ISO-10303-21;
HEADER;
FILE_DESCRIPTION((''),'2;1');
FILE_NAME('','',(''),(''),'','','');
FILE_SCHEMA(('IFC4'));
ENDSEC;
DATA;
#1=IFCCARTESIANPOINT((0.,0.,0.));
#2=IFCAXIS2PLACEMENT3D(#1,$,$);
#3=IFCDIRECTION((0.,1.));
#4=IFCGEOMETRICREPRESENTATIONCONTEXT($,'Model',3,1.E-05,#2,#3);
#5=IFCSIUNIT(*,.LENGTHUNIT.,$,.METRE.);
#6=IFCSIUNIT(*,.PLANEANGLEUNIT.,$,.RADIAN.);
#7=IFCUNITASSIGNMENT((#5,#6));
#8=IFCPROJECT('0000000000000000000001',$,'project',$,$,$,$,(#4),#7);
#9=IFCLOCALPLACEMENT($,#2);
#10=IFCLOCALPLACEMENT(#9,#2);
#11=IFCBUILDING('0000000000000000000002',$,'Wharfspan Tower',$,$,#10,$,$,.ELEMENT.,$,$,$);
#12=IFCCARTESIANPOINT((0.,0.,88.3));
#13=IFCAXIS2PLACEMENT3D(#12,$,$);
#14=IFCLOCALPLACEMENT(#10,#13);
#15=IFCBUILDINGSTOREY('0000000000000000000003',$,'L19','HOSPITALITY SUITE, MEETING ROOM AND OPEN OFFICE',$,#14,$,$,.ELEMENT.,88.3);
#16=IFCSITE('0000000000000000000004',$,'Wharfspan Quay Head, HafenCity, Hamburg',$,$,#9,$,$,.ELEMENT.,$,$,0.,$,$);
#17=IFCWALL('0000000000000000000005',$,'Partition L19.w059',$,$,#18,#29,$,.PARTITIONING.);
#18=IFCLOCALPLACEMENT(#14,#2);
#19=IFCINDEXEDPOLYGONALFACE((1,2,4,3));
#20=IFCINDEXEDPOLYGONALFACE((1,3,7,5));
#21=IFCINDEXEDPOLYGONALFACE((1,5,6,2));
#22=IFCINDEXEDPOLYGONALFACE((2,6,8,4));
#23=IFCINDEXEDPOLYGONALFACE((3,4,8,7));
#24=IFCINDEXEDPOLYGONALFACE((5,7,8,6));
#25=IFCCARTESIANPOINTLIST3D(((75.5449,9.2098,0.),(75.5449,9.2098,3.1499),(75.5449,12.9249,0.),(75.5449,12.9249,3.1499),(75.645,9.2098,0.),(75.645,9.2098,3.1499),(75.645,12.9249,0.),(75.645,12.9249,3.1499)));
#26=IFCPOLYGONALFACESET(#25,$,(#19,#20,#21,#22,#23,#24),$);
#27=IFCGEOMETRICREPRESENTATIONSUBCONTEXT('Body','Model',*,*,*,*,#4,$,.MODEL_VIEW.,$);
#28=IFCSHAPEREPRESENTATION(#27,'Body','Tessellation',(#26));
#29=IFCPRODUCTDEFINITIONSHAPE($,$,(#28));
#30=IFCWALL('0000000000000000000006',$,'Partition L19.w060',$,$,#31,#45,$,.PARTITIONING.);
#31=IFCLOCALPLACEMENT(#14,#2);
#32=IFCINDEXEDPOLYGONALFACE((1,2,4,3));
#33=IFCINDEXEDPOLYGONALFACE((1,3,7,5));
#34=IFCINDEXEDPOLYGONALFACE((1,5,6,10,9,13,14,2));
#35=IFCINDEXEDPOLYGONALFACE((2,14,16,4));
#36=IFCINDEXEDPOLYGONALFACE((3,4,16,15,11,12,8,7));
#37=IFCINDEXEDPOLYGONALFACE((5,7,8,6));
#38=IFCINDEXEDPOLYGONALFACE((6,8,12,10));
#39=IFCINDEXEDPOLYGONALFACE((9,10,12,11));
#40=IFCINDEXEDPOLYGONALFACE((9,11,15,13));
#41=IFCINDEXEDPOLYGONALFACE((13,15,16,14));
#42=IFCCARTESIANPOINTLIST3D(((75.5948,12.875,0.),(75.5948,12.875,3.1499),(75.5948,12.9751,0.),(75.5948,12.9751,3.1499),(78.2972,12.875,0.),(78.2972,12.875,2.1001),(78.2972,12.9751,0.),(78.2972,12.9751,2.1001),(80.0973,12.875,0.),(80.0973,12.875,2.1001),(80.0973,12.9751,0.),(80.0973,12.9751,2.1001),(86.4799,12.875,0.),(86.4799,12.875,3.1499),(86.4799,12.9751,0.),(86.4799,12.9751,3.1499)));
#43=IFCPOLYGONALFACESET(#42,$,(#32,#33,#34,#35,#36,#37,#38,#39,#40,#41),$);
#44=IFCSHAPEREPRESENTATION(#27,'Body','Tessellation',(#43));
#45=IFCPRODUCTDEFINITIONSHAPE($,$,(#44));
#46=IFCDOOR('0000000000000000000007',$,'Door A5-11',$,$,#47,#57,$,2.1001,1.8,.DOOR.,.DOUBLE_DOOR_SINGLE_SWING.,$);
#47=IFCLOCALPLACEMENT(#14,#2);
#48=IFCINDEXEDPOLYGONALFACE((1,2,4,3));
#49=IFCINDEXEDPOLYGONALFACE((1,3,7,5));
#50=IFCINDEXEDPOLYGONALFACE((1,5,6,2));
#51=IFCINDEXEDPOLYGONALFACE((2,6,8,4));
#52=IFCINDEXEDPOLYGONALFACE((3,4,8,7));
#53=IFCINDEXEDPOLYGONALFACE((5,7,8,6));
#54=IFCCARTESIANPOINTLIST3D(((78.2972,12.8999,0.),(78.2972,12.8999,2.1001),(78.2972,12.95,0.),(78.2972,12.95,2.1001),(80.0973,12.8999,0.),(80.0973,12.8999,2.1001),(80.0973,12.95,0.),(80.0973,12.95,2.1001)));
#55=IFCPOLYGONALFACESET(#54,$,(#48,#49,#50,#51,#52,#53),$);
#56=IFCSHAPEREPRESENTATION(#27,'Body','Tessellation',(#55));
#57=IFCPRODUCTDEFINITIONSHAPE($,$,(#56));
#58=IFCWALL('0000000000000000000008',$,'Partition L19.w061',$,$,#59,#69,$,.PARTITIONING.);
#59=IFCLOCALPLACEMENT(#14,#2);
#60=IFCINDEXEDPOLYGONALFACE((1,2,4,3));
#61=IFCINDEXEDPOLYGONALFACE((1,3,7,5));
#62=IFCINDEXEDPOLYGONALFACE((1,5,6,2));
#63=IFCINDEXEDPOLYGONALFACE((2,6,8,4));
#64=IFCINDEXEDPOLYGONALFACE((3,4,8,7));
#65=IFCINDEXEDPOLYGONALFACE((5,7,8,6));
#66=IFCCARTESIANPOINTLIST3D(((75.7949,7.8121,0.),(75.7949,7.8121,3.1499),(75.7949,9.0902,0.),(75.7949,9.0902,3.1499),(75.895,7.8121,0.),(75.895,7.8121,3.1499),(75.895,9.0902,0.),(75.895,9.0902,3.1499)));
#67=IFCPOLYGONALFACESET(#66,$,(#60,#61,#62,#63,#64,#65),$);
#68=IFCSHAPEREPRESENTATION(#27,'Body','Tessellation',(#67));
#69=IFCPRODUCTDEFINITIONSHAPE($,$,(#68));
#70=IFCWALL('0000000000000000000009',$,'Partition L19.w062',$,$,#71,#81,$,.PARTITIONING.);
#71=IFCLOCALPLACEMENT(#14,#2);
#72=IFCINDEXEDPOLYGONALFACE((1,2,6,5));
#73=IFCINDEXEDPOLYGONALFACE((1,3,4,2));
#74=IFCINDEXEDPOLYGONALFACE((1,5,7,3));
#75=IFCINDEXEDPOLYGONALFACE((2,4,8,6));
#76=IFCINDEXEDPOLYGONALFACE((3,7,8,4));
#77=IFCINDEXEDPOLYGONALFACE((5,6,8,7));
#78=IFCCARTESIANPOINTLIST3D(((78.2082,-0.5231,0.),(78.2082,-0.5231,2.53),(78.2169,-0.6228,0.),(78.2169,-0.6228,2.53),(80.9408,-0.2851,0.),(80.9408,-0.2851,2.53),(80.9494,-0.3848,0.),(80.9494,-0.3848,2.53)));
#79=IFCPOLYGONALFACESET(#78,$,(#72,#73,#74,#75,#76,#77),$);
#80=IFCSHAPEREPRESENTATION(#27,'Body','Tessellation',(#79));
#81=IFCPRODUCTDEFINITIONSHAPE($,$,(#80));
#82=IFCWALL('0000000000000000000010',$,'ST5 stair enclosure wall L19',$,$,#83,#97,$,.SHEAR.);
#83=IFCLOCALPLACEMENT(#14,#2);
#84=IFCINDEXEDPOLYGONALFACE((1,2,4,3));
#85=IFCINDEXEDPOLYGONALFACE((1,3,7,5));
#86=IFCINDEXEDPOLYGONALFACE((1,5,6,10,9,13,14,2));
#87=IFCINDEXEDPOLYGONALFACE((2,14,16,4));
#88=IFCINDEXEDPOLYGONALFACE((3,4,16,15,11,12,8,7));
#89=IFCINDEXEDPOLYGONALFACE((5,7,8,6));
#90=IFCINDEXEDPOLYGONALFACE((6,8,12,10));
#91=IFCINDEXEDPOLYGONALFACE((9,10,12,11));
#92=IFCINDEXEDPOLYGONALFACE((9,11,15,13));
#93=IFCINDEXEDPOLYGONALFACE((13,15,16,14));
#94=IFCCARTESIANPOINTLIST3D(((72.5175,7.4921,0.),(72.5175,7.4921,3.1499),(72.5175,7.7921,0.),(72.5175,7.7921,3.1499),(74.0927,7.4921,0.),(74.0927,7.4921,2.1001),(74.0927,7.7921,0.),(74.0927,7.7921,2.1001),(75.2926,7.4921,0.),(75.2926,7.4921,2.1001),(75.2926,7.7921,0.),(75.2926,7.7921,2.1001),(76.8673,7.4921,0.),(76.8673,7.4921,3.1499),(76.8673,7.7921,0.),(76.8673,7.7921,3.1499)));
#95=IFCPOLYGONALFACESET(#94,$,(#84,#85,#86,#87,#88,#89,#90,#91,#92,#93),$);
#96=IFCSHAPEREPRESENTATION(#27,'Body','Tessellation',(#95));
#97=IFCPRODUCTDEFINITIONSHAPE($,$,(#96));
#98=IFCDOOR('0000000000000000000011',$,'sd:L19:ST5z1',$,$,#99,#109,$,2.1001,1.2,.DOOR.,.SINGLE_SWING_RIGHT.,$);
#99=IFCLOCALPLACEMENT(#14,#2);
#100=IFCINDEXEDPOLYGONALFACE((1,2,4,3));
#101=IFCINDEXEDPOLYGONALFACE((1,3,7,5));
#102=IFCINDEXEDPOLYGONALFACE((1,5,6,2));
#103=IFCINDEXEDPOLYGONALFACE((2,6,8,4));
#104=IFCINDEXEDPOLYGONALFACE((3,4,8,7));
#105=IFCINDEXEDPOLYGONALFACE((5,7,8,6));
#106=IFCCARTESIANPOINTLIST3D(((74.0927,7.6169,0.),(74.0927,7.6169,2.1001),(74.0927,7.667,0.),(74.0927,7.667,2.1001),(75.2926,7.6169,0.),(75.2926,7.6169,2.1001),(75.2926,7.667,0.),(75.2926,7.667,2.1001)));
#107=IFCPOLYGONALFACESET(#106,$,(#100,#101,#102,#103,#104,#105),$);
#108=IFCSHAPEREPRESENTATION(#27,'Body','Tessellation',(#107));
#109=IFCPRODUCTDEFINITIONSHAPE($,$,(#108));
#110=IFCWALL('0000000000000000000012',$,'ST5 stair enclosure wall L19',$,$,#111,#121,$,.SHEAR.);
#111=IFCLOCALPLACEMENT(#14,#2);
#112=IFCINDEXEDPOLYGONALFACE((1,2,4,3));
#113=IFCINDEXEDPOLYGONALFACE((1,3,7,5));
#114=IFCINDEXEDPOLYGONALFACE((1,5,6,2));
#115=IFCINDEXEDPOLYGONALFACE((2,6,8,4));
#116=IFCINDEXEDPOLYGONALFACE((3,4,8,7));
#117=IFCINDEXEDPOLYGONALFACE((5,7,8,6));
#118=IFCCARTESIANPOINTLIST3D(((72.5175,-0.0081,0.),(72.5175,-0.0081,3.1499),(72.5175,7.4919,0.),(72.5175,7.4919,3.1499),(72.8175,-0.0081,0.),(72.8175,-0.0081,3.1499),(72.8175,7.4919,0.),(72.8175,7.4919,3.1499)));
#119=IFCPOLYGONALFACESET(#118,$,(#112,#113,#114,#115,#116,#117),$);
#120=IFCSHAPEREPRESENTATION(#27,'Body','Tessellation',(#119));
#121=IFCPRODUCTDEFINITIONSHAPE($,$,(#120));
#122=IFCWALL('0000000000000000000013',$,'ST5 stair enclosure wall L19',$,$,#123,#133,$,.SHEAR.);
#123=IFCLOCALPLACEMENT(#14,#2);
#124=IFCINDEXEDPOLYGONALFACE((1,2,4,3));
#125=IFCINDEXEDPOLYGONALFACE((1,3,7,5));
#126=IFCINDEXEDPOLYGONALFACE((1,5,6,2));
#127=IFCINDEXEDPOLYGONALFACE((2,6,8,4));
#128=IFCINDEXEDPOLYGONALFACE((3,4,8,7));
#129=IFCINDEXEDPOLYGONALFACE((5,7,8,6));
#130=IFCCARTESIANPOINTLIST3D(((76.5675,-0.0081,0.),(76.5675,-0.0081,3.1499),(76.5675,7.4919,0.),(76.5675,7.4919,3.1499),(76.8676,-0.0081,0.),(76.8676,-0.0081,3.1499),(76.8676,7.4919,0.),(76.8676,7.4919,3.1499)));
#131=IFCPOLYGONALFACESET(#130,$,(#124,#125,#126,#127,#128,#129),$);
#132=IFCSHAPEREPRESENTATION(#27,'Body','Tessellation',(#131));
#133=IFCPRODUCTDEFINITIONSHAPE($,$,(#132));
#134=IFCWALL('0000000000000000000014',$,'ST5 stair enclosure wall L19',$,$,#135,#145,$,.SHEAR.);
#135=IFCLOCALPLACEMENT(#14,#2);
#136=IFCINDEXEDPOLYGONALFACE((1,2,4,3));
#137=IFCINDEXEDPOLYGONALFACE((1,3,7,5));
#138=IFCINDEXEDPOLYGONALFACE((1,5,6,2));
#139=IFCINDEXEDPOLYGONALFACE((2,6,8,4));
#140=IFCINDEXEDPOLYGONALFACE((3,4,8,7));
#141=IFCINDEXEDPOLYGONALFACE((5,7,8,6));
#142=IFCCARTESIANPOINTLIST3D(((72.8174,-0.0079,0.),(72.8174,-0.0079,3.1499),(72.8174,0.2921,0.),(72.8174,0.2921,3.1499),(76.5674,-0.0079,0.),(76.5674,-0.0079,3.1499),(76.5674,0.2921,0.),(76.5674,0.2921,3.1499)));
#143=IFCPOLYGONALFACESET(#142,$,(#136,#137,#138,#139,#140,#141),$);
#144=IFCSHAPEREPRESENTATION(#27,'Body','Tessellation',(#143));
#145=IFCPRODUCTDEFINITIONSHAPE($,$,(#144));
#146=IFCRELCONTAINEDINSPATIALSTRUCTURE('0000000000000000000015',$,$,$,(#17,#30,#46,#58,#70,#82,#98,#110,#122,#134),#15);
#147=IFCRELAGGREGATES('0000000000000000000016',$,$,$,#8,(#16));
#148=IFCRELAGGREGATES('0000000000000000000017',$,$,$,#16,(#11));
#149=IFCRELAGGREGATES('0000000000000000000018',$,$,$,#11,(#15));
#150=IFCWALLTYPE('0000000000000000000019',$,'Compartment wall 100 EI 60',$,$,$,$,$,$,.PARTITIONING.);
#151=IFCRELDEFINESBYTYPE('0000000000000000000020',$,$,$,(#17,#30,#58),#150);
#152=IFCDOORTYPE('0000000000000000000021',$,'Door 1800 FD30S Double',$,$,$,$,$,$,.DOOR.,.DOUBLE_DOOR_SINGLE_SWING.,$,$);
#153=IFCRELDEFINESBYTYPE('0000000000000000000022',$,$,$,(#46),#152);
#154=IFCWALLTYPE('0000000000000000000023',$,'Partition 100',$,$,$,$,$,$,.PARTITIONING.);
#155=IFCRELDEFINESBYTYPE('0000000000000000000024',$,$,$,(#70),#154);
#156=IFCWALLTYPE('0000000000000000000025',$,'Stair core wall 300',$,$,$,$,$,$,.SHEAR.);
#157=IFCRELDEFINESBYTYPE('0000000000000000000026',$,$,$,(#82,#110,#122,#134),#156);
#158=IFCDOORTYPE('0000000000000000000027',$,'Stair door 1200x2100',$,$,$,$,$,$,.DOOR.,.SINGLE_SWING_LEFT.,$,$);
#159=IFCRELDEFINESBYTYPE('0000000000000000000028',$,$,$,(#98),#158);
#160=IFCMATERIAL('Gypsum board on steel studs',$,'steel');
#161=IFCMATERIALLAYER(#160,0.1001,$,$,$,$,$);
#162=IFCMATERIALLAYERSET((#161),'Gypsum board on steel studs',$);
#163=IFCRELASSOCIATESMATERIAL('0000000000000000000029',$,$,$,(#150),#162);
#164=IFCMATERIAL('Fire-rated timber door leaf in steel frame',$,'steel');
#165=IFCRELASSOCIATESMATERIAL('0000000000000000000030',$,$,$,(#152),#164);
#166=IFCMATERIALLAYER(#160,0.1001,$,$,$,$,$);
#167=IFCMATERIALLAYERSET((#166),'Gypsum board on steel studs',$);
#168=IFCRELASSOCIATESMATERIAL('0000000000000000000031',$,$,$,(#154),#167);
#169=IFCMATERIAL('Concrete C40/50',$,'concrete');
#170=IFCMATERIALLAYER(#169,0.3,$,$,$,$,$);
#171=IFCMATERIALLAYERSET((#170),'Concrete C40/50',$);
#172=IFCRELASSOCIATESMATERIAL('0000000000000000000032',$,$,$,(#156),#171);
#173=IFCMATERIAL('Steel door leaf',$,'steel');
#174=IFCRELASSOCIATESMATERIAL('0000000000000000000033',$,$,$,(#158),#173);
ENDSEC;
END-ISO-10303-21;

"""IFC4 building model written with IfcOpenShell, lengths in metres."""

from ifc_helpers import new_model, si_unit, direction, frame, frame_2d, origin, place, context, subcontext, project, spatial, rectangle, extrude, material, layer, layer_set, type_object, element, fill, save


model = new_model("IFC4")

# Units and contexts
model_context = context("Model", 3, precision=1e-05, world=origin(), true_north=direction((0.0, 1.0)))
body_context = subcontext(model_context, "Body", "Model", "MODEL_VIEW")
ifc_project = project(units=[si_unit("LENGTHUNIT", "METRE"), si_unit("PLANEANGLEUNIT", "RADIAN")], contexts=[model_context])

# Site, building, storey
site_placement = place(None, origin())
site = spatial("IfcSite", under=ifc_project, at=site_placement, Name="Wharfspan Quay Head, HafenCity, Hamburg", CompositionType="ELEMENT", RefElevation=0.0)
building_placement = place(site_placement, origin())
building = spatial("IfcBuilding", under=site, at=building_placement, Name="Wharfspan Tower", CompositionType="ELEMENT")
storey_placement = place(building_placement, frame((0.0, 0.0, 88.3)))
storey = spatial("IfcBuildingStorey", under=building, at=storey_placement, Name="L19", Description="HOSPITALITY SUITE, MEETING ROOM AND OPEN OFFICE", CompositionType="ELEMENT", Elevation=88.3)

# Wall
ifc_material_1 = material(Name="Gypsum board on steel studs", Category="steel")
ifc_layer_1 = layer(ifc_material_1, 0.1001)
ifc_layer_set_1 = layer_set([ifc_layer_1], Name="Gypsum board on steel studs")
wall_type_1 = type_object("IfcWallType", Name="Compartment wall 100 EI 60", PredefinedType="PARTITIONING", material=ifc_layer_set_1)
wall_1_placement = place(storey_placement, frame((75.595, 9.21, 0.0), z_axis=(0.0, 0.0, 1.0), x_axis=(0.0, 1.0, 0.0)))
element("IfcWall", 1, at=wall_1_placement, inside=storey, type_object=wall_type_1, Name="Partition L19.w059", PredefinedType="PARTITIONING", context=body_context, shape_type="SweptSolid", body=[
    extrude(rectangle(XDim=3.7151, YDim=0.1001, at=frame_2d((1.8574, 0.0))), origin(), (0.0, 0.0, 1.0), 3.1499),
])

# Wall, opening, door
wall_2_placement = place(storey_placement, frame((75.595, 12.925, 0.0), z_axis=(0.0, 0.0, 1.0), x_axis=(1.0, 0.0, 0.0)))
wall_2 = element("IfcWall", 2, at=wall_2_placement, inside=storey, type_object=wall_type_1, Name="Partition L19.w060", PredefinedType="PARTITIONING", context=body_context, shape_type="SweptSolid", body=[
    extrude(rectangle(XDim=10.885, YDim=0.1001, at=frame_2d((5.4424, 0.0))), origin(), (0.0, 0.0, 1.0), 3.1499),
])
opening_1_placement = place(wall_2_placement, frame((2.7024, 0.0, 0.0)))
opening_1 = element("IfcOpeningElement", 3, at=opening_1_placement, cuts=wall_2, PredefinedType="OPENING", context=body_context, shape_type="SweptSolid", body=[
    extrude(rectangle(XDim=1.8, YDim=2.1001, at=frame_2d((0.8999, 1.05))), frame((0.0, 0.0601, 0.0), z_axis=(0.0, -1.0, 0.0), x_axis=(1.0, 0.0, 0.0)), (0.0, 0.0, 1.0), 0.1201),
])
ifc_material_2 = material(Name="Fire-rated timber door leaf in steel frame", Category="steel")
door_type_1 = type_object("IfcDoorType", Name="Door 1800 FD30S Double", OperationType="DOUBLE_DOOR_SINGLE_SWING", PredefinedType="DOOR", material=ifc_material_2)
door_1_placement = place(opening_1_placement, origin())
door_1 = element("IfcDoor", 4, at=door_1_placement, inside=storey, type_object=door_type_1, Name="Door A5-11", OperationType="DOUBLE_DOOR_SINGLE_SWING", OverallHeight=2.1001, OverallWidth=1.8, PredefinedType="DOOR", context=body_context, shape_type="SweptSolid", body=[
    extrude(rectangle(XDim=1.8, YDim=2.1001, at=frame_2d((0.8999, 1.05))), frame((0.0, 0.0249, 0.0), z_axis=(0.0, -1.0, 0.0), x_axis=(1.0, 0.0, 0.0)), (0.0, 0.0, 1.0), 0.05),
])
fill(opening_1, door_1)

# Walls
wall_3_placement = place(storey_placement, frame((75.845, 7.812, 0.0), z_axis=(0.0, 0.0, 1.0), x_axis=(0.0, 1.0, 0.0)))
element("IfcWall", 5, at=wall_3_placement, inside=storey, type_object=wall_type_1, Name="Partition L19.w061", PredefinedType="PARTITIONING", context=body_context, shape_type="SweptSolid", body=[
    extrude(rectangle(XDim=1.2781, YDim=0.1001, at=frame_2d((0.6392, 0.0))), origin(), (0.0, 0.0, 1.0), 3.1499),
])
ifc_layer_2 = layer(ifc_material_1, 0.1001)
ifc_layer_set_2 = layer_set([ifc_layer_2], Name="Gypsum board on steel studs")
wall_type_2 = type_object("IfcWallType", Name="Partition 100", PredefinedType="PARTITIONING", material=ifc_layer_set_2)
wall_4_placement = place(storey_placement, frame((78.2124, -0.573, 0.0), z_axis=(0.0, 0.0, 1.0), x_axis=(0.996224, 0.086779, 0.0)))
element("IfcWall", 6, at=wall_4_placement, inside=storey, type_object=wall_type_2, Name="Partition L19.w062", PredefinedType="PARTITIONING", context=body_context, shape_type="SweptSolid", body=[
    extrude(rectangle(XDim=2.7429, YDim=0.1001, at=frame_2d((1.3716, 0.0))), origin(), (0.0, 0.0, 1.0), 2.53),
])

# Wall, opening, door
ifc_material_3 = material(Name="Concrete C40/50", Category="concrete")
ifc_layer_3 = layer(ifc_material_3, 0.3)
ifc_layer_set_3 = layer_set([ifc_layer_3], Name="Concrete C40/50")
wall_type_3 = type_object("IfcWallType", Name="Stair core wall 300", PredefinedType="SHEAR", material=ifc_layer_set_3)
wall_5_placement = place(storey_placement, frame((72.5176, 7.6421, 0.0), z_axis=(0.0, 0.0, 1.0), x_axis=(1.0, 0.0, 0.0)))
wall_5 = element("IfcWall", 7, at=wall_5_placement, inside=storey, type_object=wall_type_3, Name="ST5 stair enclosure wall L19", PredefinedType="SHEAR", context=body_context, shape_type="SweptSolid", body=[
    extrude(rectangle(XDim=4.3499, YDim=0.3, at=frame_2d((2.1748, 0.0))), origin(), (0.0, 0.0, 1.0), 3.1499),
])
opening_2_placement = place(wall_5_placement, frame((1.575, 0.0, 0.0)))
opening_2 = element("IfcOpeningElement", 8, at=opening_2_placement, cuts=wall_5, PredefinedType="OPENING", context=body_context, shape_type="SweptSolid", body=[
    extrude(rectangle(XDim=1.2, YDim=2.1001, at=frame_2d((0.6001, 1.05))), frame((0.0, 0.1599, 0.0), z_axis=(0.0, -1.0, 0.0), x_axis=(1.0, 0.0, 0.0)), (0.0, 0.0, 1.0), 0.3201),
])
ifc_material_4 = material(Name="Steel door leaf", Category="steel")
door_type_2 = type_object("IfcDoorType", Name="Stair door 1200x2100", OperationType="SINGLE_SWING_LEFT", PredefinedType="DOOR", material=ifc_material_4)
door_2_placement = place(opening_2_placement, origin())
door_2 = element("IfcDoor", 9, at=door_2_placement, inside=storey, type_object=door_type_2, Name="sd:L19:ST5z1", OperationType="SINGLE_SWING_RIGHT", OverallHeight=2.1001, OverallWidth=1.2, PredefinedType="DOOR", context=body_context, shape_type="SweptSolid", body=[
    extrude(rectangle(XDim=1.2, YDim=2.1001, at=frame_2d((0.6001, 1.05))), frame((0.0, 0.0249, 0.0), z_axis=(0.0, -1.0, 0.0), x_axis=(1.0, 0.0, 0.0)), (0.0, 0.0, 1.0), 0.05),
])
fill(opening_2, door_2)

# Walls
for number, where, z_axis, x_axis, name in (
    (10, (72.6675, -0.0081, 0.0), (0.0, 0.0, 1.0), (0.0, 1.0, 0.0), "ST5 stair enclosure wall L19"),
    (11, (76.7175, -0.0081, 0.0), (0.0, 0.0, 1.0), (0.0, 1.0, 0.0), "ST5 stair enclosure wall L19"),
):
    element("IfcWall", number, at=place(storey_placement, frame(where, z_axis=z_axis, x_axis=x_axis)), inside=storey, type_object=wall_type_3, Name=name, PredefinedType="SHEAR", context=body_context, shape_type="SweptSolid", body=[
        extrude(rectangle(XDim=7.5, YDim=0.3, at=frame_2d((3.75, 0.0))), origin(), (0.0, 0.0, 1.0), 3.1499),
    ])
wall_6_placement = place(storey_placement, frame((72.8174, 0.1421, 0.0), z_axis=(0.0, 0.0, 1.0), x_axis=(1.0, 0.0, 0.0)))
element("IfcWall", 12, at=wall_6_placement, inside=storey, type_object=wall_type_3, Name="ST5 stair enclosure wall L19", PredefinedType="SHEAR", context=body_context, shape_type="SweptSolid", body=[
    extrude(rectangle(XDim=3.75, YDim=0.3, at=frame_2d((1.875, 0.0))), origin(), (0.0, 0.0, 1.0), 3.1499),
])

save(model, "model.ifc")
